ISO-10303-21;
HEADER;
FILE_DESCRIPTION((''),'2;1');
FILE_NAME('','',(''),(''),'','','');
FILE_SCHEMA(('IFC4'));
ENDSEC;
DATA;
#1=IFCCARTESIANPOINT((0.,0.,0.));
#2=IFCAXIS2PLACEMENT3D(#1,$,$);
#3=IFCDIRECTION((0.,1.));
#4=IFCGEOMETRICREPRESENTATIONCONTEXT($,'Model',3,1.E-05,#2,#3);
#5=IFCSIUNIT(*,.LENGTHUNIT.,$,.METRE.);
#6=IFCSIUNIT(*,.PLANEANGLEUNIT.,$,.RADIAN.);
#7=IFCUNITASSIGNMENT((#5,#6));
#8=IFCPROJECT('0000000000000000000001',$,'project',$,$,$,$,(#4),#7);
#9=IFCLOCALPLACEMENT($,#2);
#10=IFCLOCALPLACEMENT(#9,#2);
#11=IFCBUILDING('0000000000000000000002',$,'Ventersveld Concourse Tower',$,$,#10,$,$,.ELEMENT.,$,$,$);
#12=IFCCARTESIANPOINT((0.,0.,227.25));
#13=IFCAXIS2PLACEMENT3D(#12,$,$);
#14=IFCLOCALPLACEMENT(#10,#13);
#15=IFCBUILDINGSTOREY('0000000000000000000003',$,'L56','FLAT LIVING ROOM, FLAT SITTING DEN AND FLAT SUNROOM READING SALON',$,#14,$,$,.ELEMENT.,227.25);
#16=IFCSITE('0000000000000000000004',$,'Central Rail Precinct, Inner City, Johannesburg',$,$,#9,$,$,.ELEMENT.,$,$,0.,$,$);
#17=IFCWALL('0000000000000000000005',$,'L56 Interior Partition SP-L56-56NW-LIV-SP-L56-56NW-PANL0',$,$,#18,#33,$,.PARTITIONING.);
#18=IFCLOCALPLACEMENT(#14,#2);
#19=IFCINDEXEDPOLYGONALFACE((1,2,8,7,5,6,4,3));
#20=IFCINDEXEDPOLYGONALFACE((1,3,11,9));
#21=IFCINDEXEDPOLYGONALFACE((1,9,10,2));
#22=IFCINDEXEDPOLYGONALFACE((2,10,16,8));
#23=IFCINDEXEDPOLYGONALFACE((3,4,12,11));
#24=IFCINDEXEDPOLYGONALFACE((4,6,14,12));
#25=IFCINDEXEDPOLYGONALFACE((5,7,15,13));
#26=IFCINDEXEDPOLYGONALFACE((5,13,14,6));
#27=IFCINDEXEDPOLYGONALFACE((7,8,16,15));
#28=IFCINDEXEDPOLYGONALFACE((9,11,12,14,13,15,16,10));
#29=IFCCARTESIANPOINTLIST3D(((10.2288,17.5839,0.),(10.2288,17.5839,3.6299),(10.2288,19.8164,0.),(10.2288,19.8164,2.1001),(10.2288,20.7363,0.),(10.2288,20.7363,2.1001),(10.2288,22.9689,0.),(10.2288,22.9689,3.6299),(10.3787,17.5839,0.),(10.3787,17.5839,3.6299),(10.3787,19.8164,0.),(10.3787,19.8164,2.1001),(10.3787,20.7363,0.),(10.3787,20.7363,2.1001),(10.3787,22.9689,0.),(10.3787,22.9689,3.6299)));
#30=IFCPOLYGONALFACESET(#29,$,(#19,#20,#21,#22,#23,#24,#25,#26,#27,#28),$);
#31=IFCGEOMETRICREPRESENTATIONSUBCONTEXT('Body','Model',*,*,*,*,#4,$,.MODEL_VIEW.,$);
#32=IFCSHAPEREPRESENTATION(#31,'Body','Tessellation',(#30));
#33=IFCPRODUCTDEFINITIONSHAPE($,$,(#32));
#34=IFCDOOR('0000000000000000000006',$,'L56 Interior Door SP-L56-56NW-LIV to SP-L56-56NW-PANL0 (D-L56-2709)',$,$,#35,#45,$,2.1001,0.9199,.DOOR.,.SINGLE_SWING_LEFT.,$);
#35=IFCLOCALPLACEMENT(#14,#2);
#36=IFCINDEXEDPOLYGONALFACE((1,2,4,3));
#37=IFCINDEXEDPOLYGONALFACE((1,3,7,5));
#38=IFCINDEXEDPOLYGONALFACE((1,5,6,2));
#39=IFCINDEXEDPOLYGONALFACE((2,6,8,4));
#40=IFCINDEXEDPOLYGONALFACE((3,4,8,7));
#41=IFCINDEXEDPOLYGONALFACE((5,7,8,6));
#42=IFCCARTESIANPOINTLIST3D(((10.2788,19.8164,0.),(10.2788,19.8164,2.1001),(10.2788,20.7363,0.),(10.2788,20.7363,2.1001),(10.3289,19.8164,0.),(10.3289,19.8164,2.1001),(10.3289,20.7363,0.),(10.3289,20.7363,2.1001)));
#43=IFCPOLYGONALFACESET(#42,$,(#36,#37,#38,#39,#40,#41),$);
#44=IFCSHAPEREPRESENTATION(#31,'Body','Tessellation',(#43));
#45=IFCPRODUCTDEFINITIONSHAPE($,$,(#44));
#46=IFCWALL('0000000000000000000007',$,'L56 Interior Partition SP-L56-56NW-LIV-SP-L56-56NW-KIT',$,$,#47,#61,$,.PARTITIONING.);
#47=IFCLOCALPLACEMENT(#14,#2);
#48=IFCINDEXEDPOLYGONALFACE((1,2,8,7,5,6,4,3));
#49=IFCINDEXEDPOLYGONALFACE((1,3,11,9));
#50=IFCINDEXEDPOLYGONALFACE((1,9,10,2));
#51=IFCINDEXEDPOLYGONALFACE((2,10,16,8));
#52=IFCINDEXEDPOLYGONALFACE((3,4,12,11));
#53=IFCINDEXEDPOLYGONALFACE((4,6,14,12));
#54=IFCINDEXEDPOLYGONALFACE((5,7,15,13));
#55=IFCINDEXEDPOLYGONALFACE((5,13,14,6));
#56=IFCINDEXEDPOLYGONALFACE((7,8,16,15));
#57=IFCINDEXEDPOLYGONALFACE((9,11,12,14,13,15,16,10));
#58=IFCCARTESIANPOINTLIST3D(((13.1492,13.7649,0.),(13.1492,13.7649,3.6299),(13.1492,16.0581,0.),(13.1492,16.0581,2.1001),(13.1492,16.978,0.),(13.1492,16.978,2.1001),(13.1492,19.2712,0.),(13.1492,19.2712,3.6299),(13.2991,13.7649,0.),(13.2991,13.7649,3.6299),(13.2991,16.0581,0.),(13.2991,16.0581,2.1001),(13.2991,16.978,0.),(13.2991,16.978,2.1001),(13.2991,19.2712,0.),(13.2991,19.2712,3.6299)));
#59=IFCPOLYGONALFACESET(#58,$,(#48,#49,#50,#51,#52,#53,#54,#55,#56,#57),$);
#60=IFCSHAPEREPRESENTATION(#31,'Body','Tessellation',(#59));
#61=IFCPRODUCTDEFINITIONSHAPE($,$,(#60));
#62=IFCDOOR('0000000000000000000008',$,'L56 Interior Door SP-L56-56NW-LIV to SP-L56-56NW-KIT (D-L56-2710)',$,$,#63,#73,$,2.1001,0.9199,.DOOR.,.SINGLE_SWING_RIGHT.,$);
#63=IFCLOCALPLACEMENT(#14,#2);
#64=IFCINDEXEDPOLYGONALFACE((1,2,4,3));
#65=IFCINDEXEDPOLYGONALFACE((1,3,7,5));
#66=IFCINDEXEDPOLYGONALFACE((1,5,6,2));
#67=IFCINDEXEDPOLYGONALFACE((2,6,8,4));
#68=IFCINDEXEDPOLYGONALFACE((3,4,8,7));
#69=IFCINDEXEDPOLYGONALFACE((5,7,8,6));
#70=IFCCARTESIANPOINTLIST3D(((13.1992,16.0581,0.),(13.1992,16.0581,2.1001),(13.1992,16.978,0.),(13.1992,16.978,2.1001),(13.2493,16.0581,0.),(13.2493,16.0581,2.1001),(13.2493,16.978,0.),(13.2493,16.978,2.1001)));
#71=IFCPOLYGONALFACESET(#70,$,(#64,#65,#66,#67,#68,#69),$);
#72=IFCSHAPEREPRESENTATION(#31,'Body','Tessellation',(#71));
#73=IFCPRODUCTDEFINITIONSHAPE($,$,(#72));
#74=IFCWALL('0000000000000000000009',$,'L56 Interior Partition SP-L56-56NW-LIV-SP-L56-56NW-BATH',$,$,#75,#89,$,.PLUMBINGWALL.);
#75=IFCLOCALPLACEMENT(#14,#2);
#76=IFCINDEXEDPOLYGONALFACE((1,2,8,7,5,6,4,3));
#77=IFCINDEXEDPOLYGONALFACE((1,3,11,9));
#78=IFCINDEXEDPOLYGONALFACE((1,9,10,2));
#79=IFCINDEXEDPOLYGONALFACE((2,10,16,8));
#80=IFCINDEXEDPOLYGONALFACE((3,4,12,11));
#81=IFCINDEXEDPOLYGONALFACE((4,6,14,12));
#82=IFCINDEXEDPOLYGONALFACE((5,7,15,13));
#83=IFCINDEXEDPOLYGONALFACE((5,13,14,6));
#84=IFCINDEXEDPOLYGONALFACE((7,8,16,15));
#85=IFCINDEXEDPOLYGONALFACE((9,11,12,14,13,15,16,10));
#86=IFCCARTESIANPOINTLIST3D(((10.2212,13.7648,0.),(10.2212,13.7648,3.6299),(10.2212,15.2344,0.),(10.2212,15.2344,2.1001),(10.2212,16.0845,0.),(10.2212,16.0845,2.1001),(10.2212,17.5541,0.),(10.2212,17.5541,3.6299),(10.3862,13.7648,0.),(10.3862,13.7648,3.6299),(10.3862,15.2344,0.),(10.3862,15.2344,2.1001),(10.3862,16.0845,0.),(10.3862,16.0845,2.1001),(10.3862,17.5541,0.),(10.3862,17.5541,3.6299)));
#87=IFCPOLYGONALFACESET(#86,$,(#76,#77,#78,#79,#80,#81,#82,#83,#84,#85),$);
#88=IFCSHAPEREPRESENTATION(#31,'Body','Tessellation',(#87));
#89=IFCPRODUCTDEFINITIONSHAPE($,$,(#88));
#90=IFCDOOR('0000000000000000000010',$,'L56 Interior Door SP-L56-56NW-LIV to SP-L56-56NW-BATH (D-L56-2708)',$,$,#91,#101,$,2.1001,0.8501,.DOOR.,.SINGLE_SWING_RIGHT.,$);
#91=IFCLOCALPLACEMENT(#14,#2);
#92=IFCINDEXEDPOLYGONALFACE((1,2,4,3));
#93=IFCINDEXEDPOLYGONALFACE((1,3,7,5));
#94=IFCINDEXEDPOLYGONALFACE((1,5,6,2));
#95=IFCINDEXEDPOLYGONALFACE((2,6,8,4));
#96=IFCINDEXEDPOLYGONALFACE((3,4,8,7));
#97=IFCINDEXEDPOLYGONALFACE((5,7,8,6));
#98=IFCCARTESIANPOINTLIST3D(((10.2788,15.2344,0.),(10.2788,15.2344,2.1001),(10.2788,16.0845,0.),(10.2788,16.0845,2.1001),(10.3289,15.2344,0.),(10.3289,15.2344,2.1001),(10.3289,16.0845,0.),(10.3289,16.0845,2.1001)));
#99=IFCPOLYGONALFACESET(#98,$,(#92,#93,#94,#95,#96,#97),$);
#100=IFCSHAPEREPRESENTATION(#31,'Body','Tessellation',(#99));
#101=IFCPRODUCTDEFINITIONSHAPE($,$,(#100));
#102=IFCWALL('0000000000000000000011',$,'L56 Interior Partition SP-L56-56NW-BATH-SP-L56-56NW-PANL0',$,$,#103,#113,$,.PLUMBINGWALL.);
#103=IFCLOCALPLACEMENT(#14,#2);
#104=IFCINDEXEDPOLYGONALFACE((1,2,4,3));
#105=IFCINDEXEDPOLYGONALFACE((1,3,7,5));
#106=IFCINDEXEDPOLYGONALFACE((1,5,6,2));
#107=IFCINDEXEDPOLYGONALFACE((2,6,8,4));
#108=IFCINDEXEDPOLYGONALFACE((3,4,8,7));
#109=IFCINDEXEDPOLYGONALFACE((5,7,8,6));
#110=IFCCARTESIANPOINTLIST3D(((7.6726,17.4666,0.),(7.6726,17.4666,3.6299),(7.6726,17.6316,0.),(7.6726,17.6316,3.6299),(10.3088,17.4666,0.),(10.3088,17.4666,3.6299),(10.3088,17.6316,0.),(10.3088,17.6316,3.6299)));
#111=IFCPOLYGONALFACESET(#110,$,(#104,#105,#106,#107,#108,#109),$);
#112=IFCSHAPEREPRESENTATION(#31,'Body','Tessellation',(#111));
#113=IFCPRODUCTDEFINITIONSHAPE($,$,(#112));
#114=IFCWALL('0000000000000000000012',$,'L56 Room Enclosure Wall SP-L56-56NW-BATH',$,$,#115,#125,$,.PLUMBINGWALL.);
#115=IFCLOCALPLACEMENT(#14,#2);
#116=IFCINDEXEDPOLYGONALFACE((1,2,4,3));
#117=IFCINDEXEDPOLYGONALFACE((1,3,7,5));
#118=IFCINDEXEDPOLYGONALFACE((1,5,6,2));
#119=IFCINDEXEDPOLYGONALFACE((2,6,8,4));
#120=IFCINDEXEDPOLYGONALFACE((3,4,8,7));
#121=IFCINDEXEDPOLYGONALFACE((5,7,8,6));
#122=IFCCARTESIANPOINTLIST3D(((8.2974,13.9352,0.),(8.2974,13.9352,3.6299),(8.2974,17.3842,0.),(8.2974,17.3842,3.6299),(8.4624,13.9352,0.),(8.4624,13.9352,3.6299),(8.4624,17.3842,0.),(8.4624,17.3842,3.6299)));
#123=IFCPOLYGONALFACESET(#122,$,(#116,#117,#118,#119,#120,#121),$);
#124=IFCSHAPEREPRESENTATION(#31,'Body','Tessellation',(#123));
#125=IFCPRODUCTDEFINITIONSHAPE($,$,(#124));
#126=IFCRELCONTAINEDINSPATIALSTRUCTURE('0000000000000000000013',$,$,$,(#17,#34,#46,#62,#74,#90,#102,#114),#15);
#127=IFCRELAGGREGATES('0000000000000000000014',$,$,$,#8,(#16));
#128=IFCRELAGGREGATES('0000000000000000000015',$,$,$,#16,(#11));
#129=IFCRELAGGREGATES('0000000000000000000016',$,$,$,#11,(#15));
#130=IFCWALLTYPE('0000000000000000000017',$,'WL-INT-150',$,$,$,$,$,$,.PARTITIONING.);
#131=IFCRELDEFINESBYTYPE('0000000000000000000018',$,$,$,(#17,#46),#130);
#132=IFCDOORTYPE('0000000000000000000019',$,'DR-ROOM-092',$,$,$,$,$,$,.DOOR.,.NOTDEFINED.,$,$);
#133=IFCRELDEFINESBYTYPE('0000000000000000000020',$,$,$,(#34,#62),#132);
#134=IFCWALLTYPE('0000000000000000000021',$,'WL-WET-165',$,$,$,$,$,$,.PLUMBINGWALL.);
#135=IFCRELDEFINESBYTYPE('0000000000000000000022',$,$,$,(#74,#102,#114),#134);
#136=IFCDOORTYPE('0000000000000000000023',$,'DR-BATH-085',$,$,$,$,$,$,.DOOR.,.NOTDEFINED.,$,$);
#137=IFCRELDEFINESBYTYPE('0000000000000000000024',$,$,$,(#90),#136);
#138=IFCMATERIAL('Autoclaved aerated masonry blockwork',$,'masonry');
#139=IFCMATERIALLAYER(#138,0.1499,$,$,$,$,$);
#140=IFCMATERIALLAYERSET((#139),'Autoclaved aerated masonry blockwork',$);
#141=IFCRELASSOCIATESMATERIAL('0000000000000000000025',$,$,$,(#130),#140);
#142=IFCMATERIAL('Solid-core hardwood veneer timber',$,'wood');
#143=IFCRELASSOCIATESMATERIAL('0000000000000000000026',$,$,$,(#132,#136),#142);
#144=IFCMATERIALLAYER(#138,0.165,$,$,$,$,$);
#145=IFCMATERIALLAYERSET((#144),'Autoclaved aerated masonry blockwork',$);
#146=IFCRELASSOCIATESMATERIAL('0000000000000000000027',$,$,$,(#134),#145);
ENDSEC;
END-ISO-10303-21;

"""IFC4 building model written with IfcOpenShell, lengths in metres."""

from ifc_helpers import new_model, si_unit, direction, frame, frame_2d, origin, place, context, subcontext, project, spatial, rectangle, extrude, material, layer, layer_set, type_object, element, fill, save


model = new_model("IFC4")

# Units and contexts
model_context = context("Model", 3, precision=1e-05, world=origin(), true_north=direction((0.0, 1.0)))
body_context = subcontext(model_context, "Body", "Model", "MODEL_VIEW")
ifc_project = project(units=[si_unit("LENGTHUNIT", "METRE"), si_unit("PLANEANGLEUNIT", "RADIAN")], contexts=[model_context])

# Site, building, storey
site_placement = place(None, origin())
site = spatial("IfcSite", under=ifc_project, at=site_placement, Name="Central Rail Precinct, Inner City, Johannesburg", CompositionType="ELEMENT", RefElevation=0.0)
building_placement = place(site_placement, origin())
building = spatial("IfcBuilding", under=site, at=building_placement, Name="Ventersveld Concourse Tower", CompositionType="ELEMENT")
storey_placement = place(building_placement, frame((0.0, 0.0, 227.25)))
storey = spatial("IfcBuildingStorey", under=building, at=storey_placement, Name="L56", Description="FLAT LIVING ROOM, FLAT SITTING DEN AND FLAT SUNROOM READING SALON", CompositionType="ELEMENT", Elevation=227.25)

# Shared definitions
ifc_material_1 = material(Name="Solid-core hardwood veneer timber", Category="wood")

# Walls, openings, doors
ifc_material_2 = material(Name="Autoclaved aerated masonry blockwork", Category="masonry")
ifc_layer_1 = layer(ifc_material_2, 0.1499)
ifc_layer_set_1 = layer_set([ifc_layer_1], Name="Autoclaved aerated masonry blockwork")
wall_type_1 = type_object("IfcWallType", Name="WL-INT-150", PredefinedType="PARTITIONING", material=ifc_layer_set_1)
wall_1_placement = place(storey_placement, frame((10.3037, 17.584, 0.0), z_axis=(0.0, 0.0, 1.0), x_axis=(0.0, 1.0, 0.0)))
wall_1 = element("IfcWall", 1, at=wall_1_placement, inside=storey, type_object=wall_type_1, Name="L56 Interior Partition SP-L56-56NW-LIV-SP-L56-56NW-PANL0", PredefinedType="PARTITIONING", context=body_context, shape_type="SweptSolid", body=[
    extrude(rectangle(XDim=5.385, YDim=0.1499, at=frame_2d((2.6924, 0.0))), origin(), (0.0, 0.0, 1.0), 3.6299),
])
opening_1_placement = place(wall_1_placement, frame((2.2324, 0.0, 0.0)))
opening_1 = element("IfcOpeningElement", 2, at=opening_1_placement, cuts=wall_1, PredefinedType="OPENING", context=body_context, shape_type="SweptSolid", body=[
    extrude(rectangle(XDim=0.9199, YDim=2.1001, at=frame_2d((0.46, 1.05))), frame((0.0, 0.085, 0.0), z_axis=(0.0, -1.0, 0.0), x_axis=(1.0, 0.0, 0.0)), (0.0, 0.0, 1.0), 0.1699),
])
door_type_1 = type_object("IfcDoorType", Name="DR-ROOM-092", OperationType="NOTDEFINED", PredefinedType="DOOR", material=ifc_material_1)
door_1_placement = place(opening_1_placement, origin())
door_1 = element("IfcDoor", 3, at=door_1_placement, inside=storey, type_object=door_type_1, Name="L56 Interior Door SP-L56-56NW-LIV to SP-L56-56NW-PANL0 (D-L56-2709)", OperationType="SINGLE_SWING_LEFT", OverallHeight=2.1001, OverallWidth=0.9199, PredefinedType="DOOR", context=body_context, shape_type="SweptSolid", body=[
    extrude(rectangle(XDim=0.9199, YDim=2.1001, at=frame_2d((0.46, 1.05))), frame((0.0, 0.0249, 0.0), z_axis=(0.0, -1.0, 0.0), x_axis=(1.0, 0.0, 0.0)), (0.0, 0.0, 1.0), 0.05),
])
fill(opening_1, door_1)
wall_2_placement = place(storey_placement, frame((13.2241, 13.7649, 0.0), z_axis=(0.0, 0.0, 1.0), x_axis=(0.0, 1.0, 0.0)))
wall_2 = element("IfcWall", 4, at=wall_2_placement, inside=storey, type_object=wall_type_1, Name="L56 Interior Partition SP-L56-56NW-LIV-SP-L56-56NW-KIT", PredefinedType="PARTITIONING", context=body_context, shape_type="SweptSolid", body=[
    extrude(rectangle(XDim=5.5063, YDim=0.1499, at=frame_2d((2.7532, 0.0))), origin(), (0.0, 0.0, 1.0), 3.6299),
])
opening_2_placement = place(wall_2_placement, frame((2.2932, 0.0, 0.0)))
opening_2 = element("IfcOpeningElement", 5, at=opening_2_placement, cuts=wall_2, PredefinedType="OPENING", context=body_context, shape_type="SweptSolid", body=[
    extrude(rectangle(XDim=0.9199, YDim=2.1001, at=frame_2d((0.46, 1.05))), frame((0.0, 0.085, 0.0), z_axis=(0.0, -1.0, 0.0), x_axis=(1.0, 0.0, 0.0)), (0.0, 0.0, 1.0), 0.1699),
])
door_2_placement = place(opening_2_placement, origin())
door_2 = element("IfcDoor", 6, at=door_2_placement, inside=storey, type_object=door_type_1, Name="L56 Interior Door SP-L56-56NW-LIV to SP-L56-56NW-KIT (D-L56-2710)", OperationType="SINGLE_SWING_RIGHT", OverallHeight=2.1001, OverallWidth=0.9199, PredefinedType="DOOR", context=body_context, shape_type="SweptSolid", body=[
    extrude(rectangle(XDim=0.9199, YDim=2.1001, at=frame_2d((0.46, 1.05))), frame((0.0, 0.0249, 0.0), z_axis=(0.0, -1.0, 0.0), x_axis=(1.0, 0.0, 0.0)), (0.0, 0.0, 1.0), 0.05),
])
fill(opening_2, door_2)
ifc_layer_2 = layer(ifc_material_2, 0.165)
ifc_layer_set_2 = layer_set([ifc_layer_2], Name="Autoclaved aerated masonry blockwork")
wall_type_2 = type_object("IfcWallType", Name="WL-WET-165", PredefinedType="PLUMBINGWALL", material=ifc_layer_set_2)
wall_3_placement = place(storey_placement, frame((10.3037, 13.7649, 0.0), z_axis=(0.0, 0.0, 1.0), x_axis=(0.0, 1.0, 0.0)))
wall_3 = element("IfcWall", 7, at=wall_3_placement, inside=storey, type_object=wall_type_2, Name="L56 Interior Partition SP-L56-56NW-LIV-SP-L56-56NW-BATH", PredefinedType="PLUMBINGWALL", context=body_context, shape_type="SweptSolid", body=[
    extrude(rectangle(XDim=3.7893, YDim=0.165, at=frame_2d((1.8945, 0.0))), origin(), (0.0, 0.0, 1.0), 3.6299),
])
opening_3_placement = place(wall_3_placement, frame((1.4695, 0.0, 0.0)))
opening_3 = element("IfcOpeningElement", 8, at=opening_3_placement, cuts=wall_3, PredefinedType="OPENING", context=body_context, shape_type="SweptSolid", body=[
    extrude(rectangle(XDim=0.8501, YDim=2.1001, at=frame_2d((0.425, 1.05))), frame((0.0, 0.0925, 0.0), z_axis=(0.0, -1.0, 0.0), x_axis=(1.0, 0.0, 0.0)), (0.0, 0.0, 1.0), 0.1851),
])
door_type_2 = type_object("IfcDoorType", Name="DR-BATH-085", OperationType="NOTDEFINED", PredefinedType="DOOR", material=ifc_material_1)
door_3_placement = place(opening_3_placement, origin())
door_3 = element("IfcDoor", 9, at=door_3_placement, inside=storey, type_object=door_type_2, Name="L56 Interior Door SP-L56-56NW-LIV to SP-L56-56NW-BATH (D-L56-2708)", OperationType="SINGLE_SWING_RIGHT", OverallHeight=2.1001, OverallWidth=0.8501, PredefinedType="DOOR", context=body_context, shape_type="SweptSolid", body=[
    extrude(rectangle(XDim=0.8501, YDim=2.1001, at=frame_2d((0.425, 1.05))), frame((0.0, 0.0249, 0.0), z_axis=(0.0, -1.0, 0.0), x_axis=(1.0, 0.0, 0.0)), (0.0, 0.0, 1.0), 0.05),
])
fill(opening_3, door_3)

# Walls
wall_4_placement = place(storey_placement, frame((7.6726, 17.5491, 0.0), z_axis=(0.0, 0.0, 1.0), x_axis=(1.0, 0.0, 0.0)))
element("IfcWall", 10, at=wall_4_placement, inside=storey, type_object=wall_type_2, Name="L56 Interior Partition SP-L56-56NW-BATH-SP-L56-56NW-PANL0", PredefinedType="PLUMBINGWALL", context=body_context, shape_type="SweptSolid", body=[
    extrude(rectangle(XDim=2.6362, YDim=0.165, at=frame_2d((1.3181, 0.0))), origin(), (0.0, 0.0, 1.0), 3.6299),
])
wall_5_placement = place(storey_placement, frame((8.3799, 13.9351, 0.0), z_axis=(0.0, 0.0, 1.0), x_axis=(0.0, 1.0, 0.0)))
element("IfcWall", 11, at=wall_5_placement, inside=storey, type_object=wall_type_2, Name="L56 Room Enclosure Wall SP-L56-56NW-BATH", PredefinedType="PLUMBINGWALL", context=body_context, shape_type="SweptSolid", body=[
    extrude(rectangle(XDim=3.449, YDim=0.165, at=frame_2d((1.7246, 0.0))), origin(), (0.0, 0.0, 1.0), 3.6299),
])

save(model, "model.ifc")
